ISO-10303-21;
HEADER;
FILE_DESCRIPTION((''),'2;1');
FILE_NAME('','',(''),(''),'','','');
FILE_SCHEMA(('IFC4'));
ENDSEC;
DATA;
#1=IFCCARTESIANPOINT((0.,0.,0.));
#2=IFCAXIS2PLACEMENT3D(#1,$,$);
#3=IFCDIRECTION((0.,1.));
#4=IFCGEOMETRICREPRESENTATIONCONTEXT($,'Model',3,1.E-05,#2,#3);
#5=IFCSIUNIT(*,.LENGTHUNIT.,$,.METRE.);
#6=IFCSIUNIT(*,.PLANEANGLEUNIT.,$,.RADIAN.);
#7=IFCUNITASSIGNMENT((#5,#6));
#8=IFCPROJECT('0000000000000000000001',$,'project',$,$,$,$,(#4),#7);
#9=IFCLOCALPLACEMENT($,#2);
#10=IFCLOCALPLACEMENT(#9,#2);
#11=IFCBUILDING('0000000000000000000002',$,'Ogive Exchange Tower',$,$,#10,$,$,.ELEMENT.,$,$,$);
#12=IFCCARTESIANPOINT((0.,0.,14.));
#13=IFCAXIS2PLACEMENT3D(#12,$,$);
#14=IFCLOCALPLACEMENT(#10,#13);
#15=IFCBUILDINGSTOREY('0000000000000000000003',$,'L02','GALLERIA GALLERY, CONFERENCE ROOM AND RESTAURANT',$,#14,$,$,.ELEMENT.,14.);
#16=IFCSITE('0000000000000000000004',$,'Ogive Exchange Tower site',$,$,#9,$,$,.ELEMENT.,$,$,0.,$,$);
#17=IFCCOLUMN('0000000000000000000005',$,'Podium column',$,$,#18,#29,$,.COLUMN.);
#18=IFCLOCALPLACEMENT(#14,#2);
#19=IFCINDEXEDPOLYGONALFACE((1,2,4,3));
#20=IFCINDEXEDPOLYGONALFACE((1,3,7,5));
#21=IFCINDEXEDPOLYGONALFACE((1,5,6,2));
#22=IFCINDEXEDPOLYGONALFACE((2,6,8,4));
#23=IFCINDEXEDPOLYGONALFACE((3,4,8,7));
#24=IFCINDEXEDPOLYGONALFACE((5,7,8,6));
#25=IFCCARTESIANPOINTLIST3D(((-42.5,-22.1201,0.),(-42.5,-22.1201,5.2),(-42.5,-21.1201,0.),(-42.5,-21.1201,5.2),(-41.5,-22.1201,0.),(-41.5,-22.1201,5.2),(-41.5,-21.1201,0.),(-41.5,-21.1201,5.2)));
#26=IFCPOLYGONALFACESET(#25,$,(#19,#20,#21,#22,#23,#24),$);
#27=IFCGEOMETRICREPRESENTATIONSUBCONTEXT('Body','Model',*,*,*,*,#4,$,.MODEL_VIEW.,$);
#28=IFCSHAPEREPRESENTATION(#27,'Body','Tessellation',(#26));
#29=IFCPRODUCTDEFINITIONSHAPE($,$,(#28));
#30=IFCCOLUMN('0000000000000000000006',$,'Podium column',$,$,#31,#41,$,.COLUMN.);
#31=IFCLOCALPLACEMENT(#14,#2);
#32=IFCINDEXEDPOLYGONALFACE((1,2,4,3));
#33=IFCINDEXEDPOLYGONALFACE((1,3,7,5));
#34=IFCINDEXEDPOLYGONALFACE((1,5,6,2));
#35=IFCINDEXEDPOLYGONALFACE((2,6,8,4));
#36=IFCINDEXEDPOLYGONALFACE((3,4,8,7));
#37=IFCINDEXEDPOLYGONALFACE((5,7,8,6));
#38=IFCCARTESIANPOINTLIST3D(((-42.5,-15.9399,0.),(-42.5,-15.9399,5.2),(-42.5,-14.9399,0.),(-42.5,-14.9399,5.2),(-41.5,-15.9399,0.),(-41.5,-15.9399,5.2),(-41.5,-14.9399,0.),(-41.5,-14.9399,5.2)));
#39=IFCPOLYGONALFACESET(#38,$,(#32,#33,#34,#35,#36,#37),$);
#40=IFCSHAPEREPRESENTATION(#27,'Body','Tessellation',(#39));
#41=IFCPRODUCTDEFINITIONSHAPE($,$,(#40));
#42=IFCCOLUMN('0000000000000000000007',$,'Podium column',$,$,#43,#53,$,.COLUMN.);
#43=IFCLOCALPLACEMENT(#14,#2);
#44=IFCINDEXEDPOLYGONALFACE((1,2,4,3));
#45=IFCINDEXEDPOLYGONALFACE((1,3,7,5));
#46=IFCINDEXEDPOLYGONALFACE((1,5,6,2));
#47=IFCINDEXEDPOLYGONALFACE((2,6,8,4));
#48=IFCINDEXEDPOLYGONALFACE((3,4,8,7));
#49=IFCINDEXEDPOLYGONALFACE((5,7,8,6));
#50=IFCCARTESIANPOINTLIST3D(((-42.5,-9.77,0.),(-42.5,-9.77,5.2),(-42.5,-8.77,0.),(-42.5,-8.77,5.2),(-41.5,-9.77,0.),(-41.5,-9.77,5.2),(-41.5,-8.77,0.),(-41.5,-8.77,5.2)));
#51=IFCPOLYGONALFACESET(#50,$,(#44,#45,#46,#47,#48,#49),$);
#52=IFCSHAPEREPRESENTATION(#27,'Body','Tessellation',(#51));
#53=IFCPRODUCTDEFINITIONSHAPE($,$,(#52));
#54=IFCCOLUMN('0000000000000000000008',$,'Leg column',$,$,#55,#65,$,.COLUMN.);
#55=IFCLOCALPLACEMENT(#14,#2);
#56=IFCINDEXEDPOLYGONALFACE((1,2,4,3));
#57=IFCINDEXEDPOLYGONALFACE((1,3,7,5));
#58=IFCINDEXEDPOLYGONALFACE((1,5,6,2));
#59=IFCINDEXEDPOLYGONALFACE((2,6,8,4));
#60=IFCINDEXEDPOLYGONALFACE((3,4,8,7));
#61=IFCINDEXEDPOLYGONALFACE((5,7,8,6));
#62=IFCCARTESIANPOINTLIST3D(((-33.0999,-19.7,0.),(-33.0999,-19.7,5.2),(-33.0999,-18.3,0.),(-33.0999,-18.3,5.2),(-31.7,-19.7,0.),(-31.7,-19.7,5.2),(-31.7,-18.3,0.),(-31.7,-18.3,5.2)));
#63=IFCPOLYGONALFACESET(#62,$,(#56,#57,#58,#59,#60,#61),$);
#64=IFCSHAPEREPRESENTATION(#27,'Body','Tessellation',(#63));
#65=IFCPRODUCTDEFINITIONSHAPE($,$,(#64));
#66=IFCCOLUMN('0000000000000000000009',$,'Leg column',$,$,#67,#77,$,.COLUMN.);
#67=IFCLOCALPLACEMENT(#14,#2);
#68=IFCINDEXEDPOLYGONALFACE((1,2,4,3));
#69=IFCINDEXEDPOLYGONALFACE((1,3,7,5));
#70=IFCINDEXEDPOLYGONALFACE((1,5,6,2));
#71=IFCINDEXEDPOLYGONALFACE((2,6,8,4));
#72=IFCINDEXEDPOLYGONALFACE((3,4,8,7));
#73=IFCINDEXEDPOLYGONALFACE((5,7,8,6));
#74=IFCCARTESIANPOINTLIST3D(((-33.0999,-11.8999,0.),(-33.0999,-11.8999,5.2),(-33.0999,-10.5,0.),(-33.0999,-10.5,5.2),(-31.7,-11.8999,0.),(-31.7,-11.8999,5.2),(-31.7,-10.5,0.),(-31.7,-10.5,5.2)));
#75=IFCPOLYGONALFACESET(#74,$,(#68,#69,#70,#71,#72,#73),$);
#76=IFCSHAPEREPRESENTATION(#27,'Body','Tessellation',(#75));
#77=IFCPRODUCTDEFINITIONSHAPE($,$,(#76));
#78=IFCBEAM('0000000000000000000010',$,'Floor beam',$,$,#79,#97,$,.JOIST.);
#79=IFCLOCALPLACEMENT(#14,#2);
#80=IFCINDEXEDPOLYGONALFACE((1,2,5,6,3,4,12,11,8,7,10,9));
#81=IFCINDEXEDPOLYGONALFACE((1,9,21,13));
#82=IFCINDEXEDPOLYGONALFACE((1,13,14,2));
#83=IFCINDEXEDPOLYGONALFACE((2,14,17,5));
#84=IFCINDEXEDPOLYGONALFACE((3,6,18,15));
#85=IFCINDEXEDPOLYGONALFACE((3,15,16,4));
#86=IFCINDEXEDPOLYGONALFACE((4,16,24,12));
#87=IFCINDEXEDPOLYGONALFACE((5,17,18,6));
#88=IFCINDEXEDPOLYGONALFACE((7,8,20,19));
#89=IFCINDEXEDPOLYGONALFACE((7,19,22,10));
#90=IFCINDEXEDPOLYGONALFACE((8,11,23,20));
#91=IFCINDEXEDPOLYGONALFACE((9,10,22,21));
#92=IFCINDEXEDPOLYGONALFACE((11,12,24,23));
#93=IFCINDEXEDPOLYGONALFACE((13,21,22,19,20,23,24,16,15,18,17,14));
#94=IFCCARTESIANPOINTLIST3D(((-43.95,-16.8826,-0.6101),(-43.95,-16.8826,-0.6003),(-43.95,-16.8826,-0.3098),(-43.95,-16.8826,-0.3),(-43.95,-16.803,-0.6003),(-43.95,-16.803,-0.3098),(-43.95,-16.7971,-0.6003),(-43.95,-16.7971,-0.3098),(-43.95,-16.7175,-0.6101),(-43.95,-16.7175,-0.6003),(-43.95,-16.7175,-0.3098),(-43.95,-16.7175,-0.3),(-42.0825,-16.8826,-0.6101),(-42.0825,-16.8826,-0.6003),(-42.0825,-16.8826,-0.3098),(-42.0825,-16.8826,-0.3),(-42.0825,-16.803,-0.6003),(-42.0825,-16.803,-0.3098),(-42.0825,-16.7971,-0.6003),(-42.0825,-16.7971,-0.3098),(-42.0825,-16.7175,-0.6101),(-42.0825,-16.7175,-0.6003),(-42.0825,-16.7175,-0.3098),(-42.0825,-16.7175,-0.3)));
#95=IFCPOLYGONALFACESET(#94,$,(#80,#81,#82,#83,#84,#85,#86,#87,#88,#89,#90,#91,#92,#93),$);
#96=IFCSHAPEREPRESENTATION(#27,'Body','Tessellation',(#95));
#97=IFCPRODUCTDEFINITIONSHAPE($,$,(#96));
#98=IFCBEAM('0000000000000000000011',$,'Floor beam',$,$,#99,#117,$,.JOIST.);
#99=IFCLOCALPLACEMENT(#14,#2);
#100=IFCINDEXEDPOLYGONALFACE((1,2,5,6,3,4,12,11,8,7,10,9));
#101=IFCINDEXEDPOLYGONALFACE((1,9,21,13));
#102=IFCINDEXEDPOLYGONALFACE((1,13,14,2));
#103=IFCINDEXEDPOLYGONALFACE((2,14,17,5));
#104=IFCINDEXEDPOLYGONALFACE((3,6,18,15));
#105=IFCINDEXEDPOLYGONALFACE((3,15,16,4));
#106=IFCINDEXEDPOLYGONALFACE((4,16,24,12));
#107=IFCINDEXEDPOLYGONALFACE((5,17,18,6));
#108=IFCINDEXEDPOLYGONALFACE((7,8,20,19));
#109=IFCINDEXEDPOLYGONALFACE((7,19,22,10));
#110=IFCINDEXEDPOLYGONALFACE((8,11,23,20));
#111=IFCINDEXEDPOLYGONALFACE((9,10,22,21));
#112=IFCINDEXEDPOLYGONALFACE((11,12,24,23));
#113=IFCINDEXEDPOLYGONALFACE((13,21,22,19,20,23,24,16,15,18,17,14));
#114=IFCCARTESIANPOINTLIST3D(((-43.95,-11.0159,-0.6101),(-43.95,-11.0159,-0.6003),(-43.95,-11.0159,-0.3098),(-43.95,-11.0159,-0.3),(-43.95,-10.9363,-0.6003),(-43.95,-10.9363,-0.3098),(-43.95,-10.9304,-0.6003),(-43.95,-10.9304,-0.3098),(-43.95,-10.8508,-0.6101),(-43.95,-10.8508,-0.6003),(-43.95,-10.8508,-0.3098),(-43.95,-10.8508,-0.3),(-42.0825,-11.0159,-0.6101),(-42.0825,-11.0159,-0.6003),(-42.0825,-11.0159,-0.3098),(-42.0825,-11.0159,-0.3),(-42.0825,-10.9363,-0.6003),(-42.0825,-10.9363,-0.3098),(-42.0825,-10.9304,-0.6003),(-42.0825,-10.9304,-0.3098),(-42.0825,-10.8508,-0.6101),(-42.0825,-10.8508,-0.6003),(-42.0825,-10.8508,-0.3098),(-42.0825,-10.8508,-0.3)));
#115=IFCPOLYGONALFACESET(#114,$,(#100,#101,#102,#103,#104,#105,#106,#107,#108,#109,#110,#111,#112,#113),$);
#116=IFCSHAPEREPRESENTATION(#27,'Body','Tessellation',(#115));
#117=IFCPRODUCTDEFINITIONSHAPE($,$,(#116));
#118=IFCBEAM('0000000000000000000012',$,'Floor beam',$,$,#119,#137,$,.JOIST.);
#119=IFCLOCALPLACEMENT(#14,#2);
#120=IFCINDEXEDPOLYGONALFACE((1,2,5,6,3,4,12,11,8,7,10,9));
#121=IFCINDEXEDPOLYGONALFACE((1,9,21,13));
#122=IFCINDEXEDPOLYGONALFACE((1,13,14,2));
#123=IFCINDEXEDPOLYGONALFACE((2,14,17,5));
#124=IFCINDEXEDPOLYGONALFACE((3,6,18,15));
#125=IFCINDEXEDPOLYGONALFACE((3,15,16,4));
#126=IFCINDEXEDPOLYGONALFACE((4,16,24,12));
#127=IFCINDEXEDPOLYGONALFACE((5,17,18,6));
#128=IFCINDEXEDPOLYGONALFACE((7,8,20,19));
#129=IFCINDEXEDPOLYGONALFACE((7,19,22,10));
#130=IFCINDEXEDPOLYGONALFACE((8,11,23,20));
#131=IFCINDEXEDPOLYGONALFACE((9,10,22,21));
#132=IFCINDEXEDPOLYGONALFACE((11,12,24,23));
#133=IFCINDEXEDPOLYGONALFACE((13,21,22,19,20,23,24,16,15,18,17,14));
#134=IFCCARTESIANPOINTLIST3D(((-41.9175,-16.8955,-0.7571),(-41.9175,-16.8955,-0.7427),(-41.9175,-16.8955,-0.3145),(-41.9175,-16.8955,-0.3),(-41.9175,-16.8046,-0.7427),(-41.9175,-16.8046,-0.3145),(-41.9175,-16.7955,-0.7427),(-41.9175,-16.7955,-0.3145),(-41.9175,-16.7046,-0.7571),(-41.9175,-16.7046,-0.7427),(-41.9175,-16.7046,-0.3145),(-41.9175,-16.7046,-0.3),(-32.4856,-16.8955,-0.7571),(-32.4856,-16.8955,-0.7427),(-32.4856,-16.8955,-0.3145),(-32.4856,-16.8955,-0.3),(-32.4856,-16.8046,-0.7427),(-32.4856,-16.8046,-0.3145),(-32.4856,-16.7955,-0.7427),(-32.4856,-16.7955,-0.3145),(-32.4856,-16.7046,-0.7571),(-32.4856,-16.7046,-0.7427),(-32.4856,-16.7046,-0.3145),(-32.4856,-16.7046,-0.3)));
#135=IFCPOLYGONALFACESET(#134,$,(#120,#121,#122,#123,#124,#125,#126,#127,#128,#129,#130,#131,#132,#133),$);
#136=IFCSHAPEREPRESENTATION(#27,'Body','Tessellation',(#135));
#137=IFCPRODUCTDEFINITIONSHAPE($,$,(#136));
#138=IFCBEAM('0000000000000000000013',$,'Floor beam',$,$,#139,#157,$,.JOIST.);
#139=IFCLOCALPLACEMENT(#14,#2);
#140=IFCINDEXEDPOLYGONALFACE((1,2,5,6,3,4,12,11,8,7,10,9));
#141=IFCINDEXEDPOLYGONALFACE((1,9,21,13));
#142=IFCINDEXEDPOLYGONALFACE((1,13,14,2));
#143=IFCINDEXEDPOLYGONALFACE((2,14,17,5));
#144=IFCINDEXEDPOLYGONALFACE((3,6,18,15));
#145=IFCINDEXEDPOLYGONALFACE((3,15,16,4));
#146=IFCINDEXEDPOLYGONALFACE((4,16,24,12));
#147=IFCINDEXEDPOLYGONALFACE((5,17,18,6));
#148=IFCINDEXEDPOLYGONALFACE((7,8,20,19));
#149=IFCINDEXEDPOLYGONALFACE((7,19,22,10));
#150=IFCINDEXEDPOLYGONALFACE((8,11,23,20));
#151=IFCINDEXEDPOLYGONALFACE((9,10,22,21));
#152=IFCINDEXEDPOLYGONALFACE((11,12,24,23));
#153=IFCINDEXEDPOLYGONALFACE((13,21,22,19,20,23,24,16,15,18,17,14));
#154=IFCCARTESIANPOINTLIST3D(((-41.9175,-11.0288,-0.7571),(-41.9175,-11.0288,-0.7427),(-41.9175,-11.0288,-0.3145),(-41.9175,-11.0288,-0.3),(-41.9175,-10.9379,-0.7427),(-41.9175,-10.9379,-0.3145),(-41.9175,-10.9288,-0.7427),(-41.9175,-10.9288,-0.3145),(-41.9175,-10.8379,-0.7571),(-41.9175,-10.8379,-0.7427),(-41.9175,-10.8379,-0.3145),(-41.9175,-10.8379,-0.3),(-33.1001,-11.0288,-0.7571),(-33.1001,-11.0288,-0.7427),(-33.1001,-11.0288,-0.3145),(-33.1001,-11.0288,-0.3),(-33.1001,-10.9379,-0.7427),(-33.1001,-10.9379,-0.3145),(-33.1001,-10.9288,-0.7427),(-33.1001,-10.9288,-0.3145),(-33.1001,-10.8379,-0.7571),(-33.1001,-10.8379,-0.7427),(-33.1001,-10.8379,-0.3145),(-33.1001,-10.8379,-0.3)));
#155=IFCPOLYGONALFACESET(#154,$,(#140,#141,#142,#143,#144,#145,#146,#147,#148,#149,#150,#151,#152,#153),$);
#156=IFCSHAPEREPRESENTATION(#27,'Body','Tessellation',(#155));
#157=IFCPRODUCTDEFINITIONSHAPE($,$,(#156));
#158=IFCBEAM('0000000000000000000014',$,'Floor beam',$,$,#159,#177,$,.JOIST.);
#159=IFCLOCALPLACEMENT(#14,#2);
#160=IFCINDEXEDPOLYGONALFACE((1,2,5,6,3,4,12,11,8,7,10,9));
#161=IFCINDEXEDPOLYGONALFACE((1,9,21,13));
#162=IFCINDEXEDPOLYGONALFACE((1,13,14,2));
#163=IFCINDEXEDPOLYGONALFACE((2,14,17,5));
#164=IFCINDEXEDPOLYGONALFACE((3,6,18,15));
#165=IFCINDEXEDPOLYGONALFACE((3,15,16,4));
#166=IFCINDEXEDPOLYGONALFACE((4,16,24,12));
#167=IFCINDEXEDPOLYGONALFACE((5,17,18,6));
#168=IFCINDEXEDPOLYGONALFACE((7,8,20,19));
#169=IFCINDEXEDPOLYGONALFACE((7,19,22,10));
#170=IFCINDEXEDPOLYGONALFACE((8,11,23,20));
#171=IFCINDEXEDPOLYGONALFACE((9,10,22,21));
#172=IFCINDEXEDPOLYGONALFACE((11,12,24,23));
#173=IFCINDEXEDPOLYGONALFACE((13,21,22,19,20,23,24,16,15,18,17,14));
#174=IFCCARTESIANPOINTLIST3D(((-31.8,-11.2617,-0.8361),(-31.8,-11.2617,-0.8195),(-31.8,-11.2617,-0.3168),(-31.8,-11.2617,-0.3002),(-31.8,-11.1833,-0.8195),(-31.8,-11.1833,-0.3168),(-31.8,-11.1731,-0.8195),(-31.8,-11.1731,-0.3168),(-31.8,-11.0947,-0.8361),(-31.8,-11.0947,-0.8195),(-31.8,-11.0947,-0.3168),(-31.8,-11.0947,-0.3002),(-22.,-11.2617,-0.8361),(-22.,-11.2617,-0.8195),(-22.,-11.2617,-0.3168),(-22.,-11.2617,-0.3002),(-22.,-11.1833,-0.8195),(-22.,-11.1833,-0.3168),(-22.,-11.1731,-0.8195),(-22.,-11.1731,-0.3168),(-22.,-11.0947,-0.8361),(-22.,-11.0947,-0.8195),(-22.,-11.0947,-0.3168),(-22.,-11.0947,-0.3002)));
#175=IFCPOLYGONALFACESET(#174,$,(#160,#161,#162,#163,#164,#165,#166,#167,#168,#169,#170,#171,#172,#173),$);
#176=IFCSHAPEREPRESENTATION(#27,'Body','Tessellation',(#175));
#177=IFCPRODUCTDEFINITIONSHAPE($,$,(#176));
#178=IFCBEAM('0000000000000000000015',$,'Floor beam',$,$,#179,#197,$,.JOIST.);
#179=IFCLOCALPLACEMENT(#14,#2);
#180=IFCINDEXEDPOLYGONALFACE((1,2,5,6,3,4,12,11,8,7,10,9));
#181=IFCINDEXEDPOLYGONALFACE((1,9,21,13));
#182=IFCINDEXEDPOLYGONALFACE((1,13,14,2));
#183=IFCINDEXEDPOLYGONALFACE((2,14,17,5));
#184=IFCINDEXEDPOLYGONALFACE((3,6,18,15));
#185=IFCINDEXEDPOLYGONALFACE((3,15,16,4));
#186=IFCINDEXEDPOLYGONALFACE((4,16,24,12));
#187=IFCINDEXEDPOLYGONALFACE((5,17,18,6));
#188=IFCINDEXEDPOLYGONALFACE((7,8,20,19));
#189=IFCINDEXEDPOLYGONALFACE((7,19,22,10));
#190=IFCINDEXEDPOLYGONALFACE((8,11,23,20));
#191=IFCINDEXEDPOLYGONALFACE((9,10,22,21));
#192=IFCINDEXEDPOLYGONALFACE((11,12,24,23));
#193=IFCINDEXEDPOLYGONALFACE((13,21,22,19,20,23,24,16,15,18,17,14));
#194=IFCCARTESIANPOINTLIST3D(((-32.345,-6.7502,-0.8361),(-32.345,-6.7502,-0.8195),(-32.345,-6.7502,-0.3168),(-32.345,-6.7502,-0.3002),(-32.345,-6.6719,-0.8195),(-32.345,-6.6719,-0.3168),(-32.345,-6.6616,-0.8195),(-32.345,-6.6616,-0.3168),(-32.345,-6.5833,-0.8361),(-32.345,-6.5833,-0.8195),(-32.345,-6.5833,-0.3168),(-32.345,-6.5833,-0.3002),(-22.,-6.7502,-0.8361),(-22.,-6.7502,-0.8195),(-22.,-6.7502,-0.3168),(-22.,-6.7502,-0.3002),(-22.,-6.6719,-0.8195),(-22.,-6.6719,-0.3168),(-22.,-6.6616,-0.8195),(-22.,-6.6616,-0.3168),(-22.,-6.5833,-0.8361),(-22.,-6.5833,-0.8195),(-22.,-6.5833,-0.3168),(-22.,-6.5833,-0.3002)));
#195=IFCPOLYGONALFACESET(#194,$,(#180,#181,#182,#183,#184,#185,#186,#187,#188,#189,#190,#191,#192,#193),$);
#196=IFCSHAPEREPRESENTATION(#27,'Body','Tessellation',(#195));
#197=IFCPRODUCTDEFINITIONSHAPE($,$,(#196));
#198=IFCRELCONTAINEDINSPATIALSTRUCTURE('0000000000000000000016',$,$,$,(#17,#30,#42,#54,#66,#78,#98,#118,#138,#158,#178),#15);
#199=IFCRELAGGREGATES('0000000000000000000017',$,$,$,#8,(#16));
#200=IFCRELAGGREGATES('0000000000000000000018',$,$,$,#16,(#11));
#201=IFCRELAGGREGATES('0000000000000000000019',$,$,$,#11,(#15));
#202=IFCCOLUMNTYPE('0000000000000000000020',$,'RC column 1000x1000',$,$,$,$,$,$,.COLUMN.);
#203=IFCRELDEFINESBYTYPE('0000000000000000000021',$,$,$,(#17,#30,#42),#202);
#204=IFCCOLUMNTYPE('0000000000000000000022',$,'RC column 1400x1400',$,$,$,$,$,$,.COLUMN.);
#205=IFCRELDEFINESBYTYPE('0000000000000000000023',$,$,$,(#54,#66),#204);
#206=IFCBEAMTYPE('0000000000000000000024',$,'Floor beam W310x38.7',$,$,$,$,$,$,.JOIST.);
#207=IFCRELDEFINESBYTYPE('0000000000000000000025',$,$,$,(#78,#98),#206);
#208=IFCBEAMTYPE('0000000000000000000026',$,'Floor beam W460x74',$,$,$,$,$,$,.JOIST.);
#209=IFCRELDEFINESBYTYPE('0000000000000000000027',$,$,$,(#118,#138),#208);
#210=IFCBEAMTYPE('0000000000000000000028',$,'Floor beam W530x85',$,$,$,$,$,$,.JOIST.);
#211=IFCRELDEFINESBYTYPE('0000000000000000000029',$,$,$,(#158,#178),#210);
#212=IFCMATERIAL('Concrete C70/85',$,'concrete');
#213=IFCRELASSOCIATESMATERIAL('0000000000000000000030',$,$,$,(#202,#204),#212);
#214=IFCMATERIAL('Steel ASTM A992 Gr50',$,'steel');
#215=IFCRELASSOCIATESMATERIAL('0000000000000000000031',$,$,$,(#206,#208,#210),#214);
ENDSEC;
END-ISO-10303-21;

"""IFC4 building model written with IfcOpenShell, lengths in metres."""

from ifc_helpers import new_model, si_unit, direction, frame, origin, origin_2d, place, context, subcontext, project, spatial, rectangle, i_section, extrude, material, material_profile, profile_set, type_object, element, save


model = new_model("IFC4")

# Units and contexts
model_context = context("Model", 3, precision=1e-05, world=origin(), true_north=direction((0.0, 1.0)))
body_context = subcontext(model_context, "Body", "Model", "MODEL_VIEW")
ifc_project = project(units=[si_unit("LENGTHUNIT", "METRE"), si_unit("PLANEANGLEUNIT", "RADIAN")], contexts=[model_context])

# Site, building, storey
site_placement = place(None, origin())
site = spatial("IfcSite", under=ifc_project, at=site_placement, Name="Ogive Exchange Tower site", CompositionType="ELEMENT", RefElevation=0.0)
building_placement = place(site_placement, origin())
building = spatial("IfcBuilding", under=site, at=building_placement, Name="Ogive Exchange Tower", CompositionType="ELEMENT")
storey_placement = place(building_placement, frame((0.0, 0.0, 14.0)))
storey = spatial("IfcBuildingStorey", under=building, at=storey_placement, Name="L02", Description="GALLERIA GALLERY, CONFERENCE ROOM AND RESTAURANT", CompositionType="ELEMENT", Elevation=14.0)

# Columns
ifc_material_1 = material(Name="Concrete C70/85", Category="concrete")
ifc_material_profile_1 = material_profile(ifc_material_1, rectangle(XDim=1.0, YDim=1.0, at=origin_2d()), Name="RC 1000x1000")
ifc_profile_set_1 = profile_set([ifc_material_profile_1], Name="Concrete C70/85")
column_type_1 = type_object("IfcColumnType", Name="RC column 1000x1000", PredefinedType="COLUMN", material=ifc_profile_set_1)
for number, where, z_axis, x_axis, name in (
    (1, (-42.0, -21.6201, 0.0), (0.0, 0.0, 1.0), (1.0, 0.0, 0.0), "Podium column"),
    (2, (-42.0, -15.4399, 0.0), (0.0, 0.0, 1.0), (1.0, 0.0, 0.0), "Podium column"),
    (3, (-42.0, -9.27, 0.0), (0.0, 0.0, 1.0), (1.0, 0.0, 0.0), "Podium column"),
):
    element("IfcColumn", number, at=place(storey_placement, frame(where, z_axis=z_axis, x_axis=x_axis)), inside=storey, type_object=column_type_1, Name=name, PredefinedType="COLUMN", context=body_context, shape_type="SweptSolid", body=[
        extrude(rectangle(XDim=1.0, YDim=1.0, at=origin_2d()), origin(), (0.0, 0.0, 1.0), 5.2),
    ])
ifc_material_profile_2 = material_profile(ifc_material_1, rectangle(XDim=1.3999, YDim=1.3999, at=origin_2d()), Name="RC 1400x1400")
ifc_profile_set_2 = profile_set([ifc_material_profile_2], Name="Concrete C70/85")
column_type_2 = type_object("IfcColumnType", Name="RC column 1400x1400", PredefinedType="COLUMN", material=ifc_profile_set_2)
for number, where, z_axis, x_axis, name in (
    (4, (-32.3999, -19.0, 0.0), (0.0, 0.0, 1.0), (1.0, 0.0, 0.0), "Leg column"),
    (5, (-32.3999, -11.2, 0.0), (0.0, 0.0, 1.0), (1.0, 0.0, 0.0), "Leg column"),
):
    element("IfcColumn", number, at=place(storey_placement, frame(where, z_axis=z_axis, x_axis=x_axis)), inside=storey, type_object=column_type_2, Name=name, PredefinedType="COLUMN", context=body_context, shape_type="SweptSolid", body=[
        extrude(rectangle(XDim=1.3999, YDim=1.3999, at=origin_2d()), origin(), (0.0, 0.0, 1.0), 5.2),
    ])

# Beams
ifc_material_2 = material(Name="Steel ASTM A992 Gr50", Category="steel")
ifc_material_profile_3 = material_profile(ifc_material_2, i_section(OverallWidth=0.165, OverallDepth=0.3101, WebThickness=0.0059, FlangeThickness=0.0098, at=origin_2d()), Name="W310x38.7")
ifc_profile_set_3 = profile_set([ifc_material_profile_3], Name="Steel ASTM A992 Gr50")
beam_type_1 = type_object("IfcBeamType", Name="Floor beam W310x38.7", PredefinedType="JOIST", material=ifc_profile_set_3)
for number, where, z_axis, x_axis, name in (
    (6, (-43.95, -16.8, -0.4551), (1.0, 0.0, 0.0), (0.0, 1.0, 0.0), "Floor beam"),
    (7, (-43.95, -10.9333, -0.4551), (1.0, 0.0, 0.0), (0.0, 1.0, 0.0), "Floor beam"),
):
    element("IfcBeam", number, at=place(storey_placement, frame(where, z_axis=z_axis, x_axis=x_axis)), inside=storey, type_object=beam_type_1, Name=name, PredefinedType="JOIST", context=body_context, shape_type="SweptSolid", body=[
        extrude(i_section(OverallWidth=0.165, OverallDepth=0.3101, WebThickness=0.0059, FlangeThickness=0.0098, at=origin_2d()), origin(), (0.0, 0.0, 1.0), 1.8674),
    ])
ifc_material_profile_4 = material_profile(ifc_material_2, i_section(OverallWidth=0.1909, OverallDepth=0.457, WebThickness=0.009, FlangeThickness=0.0144, at=origin_2d()), Name="W460x74")
ifc_profile_set_4 = profile_set([ifc_material_profile_4], Name="Steel ASTM A992 Gr50")
beam_type_2 = type_object("IfcBeamType", Name="Floor beam W460x74", PredefinedType="JOIST", material=ifc_profile_set_4)
beam_1_placement = place(storey_placement, frame((-41.9175, -16.8, -0.5286), z_axis=(1.0, 0.0, 0.0), x_axis=(0.0, 1.0, 0.0)))
element("IfcBeam", 8, at=beam_1_placement, inside=storey, type_object=beam_type_2, Name="Floor beam", PredefinedType="JOIST", context=body_context, shape_type="SweptSolid", body=[
    extrude(i_section(OverallWidth=0.1909, OverallDepth=0.457, WebThickness=0.009, FlangeThickness=0.0144, at=origin_2d()), origin(), (0.0, 0.0, 1.0), 9.4319),
])
beam_2_placement = place(storey_placement, frame((-41.9175, -10.9333, -0.5286), z_axis=(1.0, 0.0, 0.0), x_axis=(0.0, 1.0, 0.0)))
element("IfcBeam", 9, at=beam_2_placement, inside=storey, type_object=beam_type_2, Name="Floor beam", PredefinedType="JOIST", context=body_context, shape_type="SweptSolid", body=[
    extrude(i_section(OverallWidth=0.1909, OverallDepth=0.457, WebThickness=0.009, FlangeThickness=0.0144, at=origin_2d()), origin(), (0.0, 0.0, 1.0), 8.8174),
])
ifc_material_profile_5 = material_profile(ifc_material_2, i_section(OverallWidth=0.167, OverallDepth=0.5359, WebThickness=0.0103, FlangeThickness=0.0166, at=origin_2d()), Name="W530x85")
ifc_profile_set_5 = profile_set([ifc_material_profile_5], Name="Steel ASTM A992 Gr50")
beam_type_3 = type_object("IfcBeamType", Name="Floor beam W530x85", PredefinedType="JOIST", material=ifc_profile_set_5)
beam_3_placement = place(storey_placement, frame((-31.8, -11.1782, -0.5681), z_axis=(1.0, 0.0, 0.0), x_axis=(0.0, 1.0, 0.0)))
element("IfcBeam", 10, at=beam_3_placement, inside=storey, type_object=beam_type_3, Name="Floor beam", PredefinedType="JOIST", context=body_context, shape_type="SweptSolid", body=[
    extrude(i_section(OverallWidth=0.167, OverallDepth=0.5359, WebThickness=0.0103, FlangeThickness=0.0166, at=origin_2d()), origin(), (0.0, 0.0, 1.0), 9.8),
])
beam_4_placement = place(storey_placement, frame((-32.345, -6.6667, -0.5681), z_axis=(1.0, 0.0, 0.0), x_axis=(0.0, 1.0, 0.0)))
element("IfcBeam", 11, at=beam_4_placement, inside=storey, type_object=beam_type_3, Name="Floor beam", PredefinedType="JOIST", context=body_context, shape_type="SweptSolid", body=[
    extrude(i_section(OverallWidth=0.167, OverallDepth=0.5359, WebThickness=0.0103, FlangeThickness=0.0166, at=origin_2d()), origin(), (0.0, 0.0, 1.0), 10.345),
])

save(model, "model.ifc")
